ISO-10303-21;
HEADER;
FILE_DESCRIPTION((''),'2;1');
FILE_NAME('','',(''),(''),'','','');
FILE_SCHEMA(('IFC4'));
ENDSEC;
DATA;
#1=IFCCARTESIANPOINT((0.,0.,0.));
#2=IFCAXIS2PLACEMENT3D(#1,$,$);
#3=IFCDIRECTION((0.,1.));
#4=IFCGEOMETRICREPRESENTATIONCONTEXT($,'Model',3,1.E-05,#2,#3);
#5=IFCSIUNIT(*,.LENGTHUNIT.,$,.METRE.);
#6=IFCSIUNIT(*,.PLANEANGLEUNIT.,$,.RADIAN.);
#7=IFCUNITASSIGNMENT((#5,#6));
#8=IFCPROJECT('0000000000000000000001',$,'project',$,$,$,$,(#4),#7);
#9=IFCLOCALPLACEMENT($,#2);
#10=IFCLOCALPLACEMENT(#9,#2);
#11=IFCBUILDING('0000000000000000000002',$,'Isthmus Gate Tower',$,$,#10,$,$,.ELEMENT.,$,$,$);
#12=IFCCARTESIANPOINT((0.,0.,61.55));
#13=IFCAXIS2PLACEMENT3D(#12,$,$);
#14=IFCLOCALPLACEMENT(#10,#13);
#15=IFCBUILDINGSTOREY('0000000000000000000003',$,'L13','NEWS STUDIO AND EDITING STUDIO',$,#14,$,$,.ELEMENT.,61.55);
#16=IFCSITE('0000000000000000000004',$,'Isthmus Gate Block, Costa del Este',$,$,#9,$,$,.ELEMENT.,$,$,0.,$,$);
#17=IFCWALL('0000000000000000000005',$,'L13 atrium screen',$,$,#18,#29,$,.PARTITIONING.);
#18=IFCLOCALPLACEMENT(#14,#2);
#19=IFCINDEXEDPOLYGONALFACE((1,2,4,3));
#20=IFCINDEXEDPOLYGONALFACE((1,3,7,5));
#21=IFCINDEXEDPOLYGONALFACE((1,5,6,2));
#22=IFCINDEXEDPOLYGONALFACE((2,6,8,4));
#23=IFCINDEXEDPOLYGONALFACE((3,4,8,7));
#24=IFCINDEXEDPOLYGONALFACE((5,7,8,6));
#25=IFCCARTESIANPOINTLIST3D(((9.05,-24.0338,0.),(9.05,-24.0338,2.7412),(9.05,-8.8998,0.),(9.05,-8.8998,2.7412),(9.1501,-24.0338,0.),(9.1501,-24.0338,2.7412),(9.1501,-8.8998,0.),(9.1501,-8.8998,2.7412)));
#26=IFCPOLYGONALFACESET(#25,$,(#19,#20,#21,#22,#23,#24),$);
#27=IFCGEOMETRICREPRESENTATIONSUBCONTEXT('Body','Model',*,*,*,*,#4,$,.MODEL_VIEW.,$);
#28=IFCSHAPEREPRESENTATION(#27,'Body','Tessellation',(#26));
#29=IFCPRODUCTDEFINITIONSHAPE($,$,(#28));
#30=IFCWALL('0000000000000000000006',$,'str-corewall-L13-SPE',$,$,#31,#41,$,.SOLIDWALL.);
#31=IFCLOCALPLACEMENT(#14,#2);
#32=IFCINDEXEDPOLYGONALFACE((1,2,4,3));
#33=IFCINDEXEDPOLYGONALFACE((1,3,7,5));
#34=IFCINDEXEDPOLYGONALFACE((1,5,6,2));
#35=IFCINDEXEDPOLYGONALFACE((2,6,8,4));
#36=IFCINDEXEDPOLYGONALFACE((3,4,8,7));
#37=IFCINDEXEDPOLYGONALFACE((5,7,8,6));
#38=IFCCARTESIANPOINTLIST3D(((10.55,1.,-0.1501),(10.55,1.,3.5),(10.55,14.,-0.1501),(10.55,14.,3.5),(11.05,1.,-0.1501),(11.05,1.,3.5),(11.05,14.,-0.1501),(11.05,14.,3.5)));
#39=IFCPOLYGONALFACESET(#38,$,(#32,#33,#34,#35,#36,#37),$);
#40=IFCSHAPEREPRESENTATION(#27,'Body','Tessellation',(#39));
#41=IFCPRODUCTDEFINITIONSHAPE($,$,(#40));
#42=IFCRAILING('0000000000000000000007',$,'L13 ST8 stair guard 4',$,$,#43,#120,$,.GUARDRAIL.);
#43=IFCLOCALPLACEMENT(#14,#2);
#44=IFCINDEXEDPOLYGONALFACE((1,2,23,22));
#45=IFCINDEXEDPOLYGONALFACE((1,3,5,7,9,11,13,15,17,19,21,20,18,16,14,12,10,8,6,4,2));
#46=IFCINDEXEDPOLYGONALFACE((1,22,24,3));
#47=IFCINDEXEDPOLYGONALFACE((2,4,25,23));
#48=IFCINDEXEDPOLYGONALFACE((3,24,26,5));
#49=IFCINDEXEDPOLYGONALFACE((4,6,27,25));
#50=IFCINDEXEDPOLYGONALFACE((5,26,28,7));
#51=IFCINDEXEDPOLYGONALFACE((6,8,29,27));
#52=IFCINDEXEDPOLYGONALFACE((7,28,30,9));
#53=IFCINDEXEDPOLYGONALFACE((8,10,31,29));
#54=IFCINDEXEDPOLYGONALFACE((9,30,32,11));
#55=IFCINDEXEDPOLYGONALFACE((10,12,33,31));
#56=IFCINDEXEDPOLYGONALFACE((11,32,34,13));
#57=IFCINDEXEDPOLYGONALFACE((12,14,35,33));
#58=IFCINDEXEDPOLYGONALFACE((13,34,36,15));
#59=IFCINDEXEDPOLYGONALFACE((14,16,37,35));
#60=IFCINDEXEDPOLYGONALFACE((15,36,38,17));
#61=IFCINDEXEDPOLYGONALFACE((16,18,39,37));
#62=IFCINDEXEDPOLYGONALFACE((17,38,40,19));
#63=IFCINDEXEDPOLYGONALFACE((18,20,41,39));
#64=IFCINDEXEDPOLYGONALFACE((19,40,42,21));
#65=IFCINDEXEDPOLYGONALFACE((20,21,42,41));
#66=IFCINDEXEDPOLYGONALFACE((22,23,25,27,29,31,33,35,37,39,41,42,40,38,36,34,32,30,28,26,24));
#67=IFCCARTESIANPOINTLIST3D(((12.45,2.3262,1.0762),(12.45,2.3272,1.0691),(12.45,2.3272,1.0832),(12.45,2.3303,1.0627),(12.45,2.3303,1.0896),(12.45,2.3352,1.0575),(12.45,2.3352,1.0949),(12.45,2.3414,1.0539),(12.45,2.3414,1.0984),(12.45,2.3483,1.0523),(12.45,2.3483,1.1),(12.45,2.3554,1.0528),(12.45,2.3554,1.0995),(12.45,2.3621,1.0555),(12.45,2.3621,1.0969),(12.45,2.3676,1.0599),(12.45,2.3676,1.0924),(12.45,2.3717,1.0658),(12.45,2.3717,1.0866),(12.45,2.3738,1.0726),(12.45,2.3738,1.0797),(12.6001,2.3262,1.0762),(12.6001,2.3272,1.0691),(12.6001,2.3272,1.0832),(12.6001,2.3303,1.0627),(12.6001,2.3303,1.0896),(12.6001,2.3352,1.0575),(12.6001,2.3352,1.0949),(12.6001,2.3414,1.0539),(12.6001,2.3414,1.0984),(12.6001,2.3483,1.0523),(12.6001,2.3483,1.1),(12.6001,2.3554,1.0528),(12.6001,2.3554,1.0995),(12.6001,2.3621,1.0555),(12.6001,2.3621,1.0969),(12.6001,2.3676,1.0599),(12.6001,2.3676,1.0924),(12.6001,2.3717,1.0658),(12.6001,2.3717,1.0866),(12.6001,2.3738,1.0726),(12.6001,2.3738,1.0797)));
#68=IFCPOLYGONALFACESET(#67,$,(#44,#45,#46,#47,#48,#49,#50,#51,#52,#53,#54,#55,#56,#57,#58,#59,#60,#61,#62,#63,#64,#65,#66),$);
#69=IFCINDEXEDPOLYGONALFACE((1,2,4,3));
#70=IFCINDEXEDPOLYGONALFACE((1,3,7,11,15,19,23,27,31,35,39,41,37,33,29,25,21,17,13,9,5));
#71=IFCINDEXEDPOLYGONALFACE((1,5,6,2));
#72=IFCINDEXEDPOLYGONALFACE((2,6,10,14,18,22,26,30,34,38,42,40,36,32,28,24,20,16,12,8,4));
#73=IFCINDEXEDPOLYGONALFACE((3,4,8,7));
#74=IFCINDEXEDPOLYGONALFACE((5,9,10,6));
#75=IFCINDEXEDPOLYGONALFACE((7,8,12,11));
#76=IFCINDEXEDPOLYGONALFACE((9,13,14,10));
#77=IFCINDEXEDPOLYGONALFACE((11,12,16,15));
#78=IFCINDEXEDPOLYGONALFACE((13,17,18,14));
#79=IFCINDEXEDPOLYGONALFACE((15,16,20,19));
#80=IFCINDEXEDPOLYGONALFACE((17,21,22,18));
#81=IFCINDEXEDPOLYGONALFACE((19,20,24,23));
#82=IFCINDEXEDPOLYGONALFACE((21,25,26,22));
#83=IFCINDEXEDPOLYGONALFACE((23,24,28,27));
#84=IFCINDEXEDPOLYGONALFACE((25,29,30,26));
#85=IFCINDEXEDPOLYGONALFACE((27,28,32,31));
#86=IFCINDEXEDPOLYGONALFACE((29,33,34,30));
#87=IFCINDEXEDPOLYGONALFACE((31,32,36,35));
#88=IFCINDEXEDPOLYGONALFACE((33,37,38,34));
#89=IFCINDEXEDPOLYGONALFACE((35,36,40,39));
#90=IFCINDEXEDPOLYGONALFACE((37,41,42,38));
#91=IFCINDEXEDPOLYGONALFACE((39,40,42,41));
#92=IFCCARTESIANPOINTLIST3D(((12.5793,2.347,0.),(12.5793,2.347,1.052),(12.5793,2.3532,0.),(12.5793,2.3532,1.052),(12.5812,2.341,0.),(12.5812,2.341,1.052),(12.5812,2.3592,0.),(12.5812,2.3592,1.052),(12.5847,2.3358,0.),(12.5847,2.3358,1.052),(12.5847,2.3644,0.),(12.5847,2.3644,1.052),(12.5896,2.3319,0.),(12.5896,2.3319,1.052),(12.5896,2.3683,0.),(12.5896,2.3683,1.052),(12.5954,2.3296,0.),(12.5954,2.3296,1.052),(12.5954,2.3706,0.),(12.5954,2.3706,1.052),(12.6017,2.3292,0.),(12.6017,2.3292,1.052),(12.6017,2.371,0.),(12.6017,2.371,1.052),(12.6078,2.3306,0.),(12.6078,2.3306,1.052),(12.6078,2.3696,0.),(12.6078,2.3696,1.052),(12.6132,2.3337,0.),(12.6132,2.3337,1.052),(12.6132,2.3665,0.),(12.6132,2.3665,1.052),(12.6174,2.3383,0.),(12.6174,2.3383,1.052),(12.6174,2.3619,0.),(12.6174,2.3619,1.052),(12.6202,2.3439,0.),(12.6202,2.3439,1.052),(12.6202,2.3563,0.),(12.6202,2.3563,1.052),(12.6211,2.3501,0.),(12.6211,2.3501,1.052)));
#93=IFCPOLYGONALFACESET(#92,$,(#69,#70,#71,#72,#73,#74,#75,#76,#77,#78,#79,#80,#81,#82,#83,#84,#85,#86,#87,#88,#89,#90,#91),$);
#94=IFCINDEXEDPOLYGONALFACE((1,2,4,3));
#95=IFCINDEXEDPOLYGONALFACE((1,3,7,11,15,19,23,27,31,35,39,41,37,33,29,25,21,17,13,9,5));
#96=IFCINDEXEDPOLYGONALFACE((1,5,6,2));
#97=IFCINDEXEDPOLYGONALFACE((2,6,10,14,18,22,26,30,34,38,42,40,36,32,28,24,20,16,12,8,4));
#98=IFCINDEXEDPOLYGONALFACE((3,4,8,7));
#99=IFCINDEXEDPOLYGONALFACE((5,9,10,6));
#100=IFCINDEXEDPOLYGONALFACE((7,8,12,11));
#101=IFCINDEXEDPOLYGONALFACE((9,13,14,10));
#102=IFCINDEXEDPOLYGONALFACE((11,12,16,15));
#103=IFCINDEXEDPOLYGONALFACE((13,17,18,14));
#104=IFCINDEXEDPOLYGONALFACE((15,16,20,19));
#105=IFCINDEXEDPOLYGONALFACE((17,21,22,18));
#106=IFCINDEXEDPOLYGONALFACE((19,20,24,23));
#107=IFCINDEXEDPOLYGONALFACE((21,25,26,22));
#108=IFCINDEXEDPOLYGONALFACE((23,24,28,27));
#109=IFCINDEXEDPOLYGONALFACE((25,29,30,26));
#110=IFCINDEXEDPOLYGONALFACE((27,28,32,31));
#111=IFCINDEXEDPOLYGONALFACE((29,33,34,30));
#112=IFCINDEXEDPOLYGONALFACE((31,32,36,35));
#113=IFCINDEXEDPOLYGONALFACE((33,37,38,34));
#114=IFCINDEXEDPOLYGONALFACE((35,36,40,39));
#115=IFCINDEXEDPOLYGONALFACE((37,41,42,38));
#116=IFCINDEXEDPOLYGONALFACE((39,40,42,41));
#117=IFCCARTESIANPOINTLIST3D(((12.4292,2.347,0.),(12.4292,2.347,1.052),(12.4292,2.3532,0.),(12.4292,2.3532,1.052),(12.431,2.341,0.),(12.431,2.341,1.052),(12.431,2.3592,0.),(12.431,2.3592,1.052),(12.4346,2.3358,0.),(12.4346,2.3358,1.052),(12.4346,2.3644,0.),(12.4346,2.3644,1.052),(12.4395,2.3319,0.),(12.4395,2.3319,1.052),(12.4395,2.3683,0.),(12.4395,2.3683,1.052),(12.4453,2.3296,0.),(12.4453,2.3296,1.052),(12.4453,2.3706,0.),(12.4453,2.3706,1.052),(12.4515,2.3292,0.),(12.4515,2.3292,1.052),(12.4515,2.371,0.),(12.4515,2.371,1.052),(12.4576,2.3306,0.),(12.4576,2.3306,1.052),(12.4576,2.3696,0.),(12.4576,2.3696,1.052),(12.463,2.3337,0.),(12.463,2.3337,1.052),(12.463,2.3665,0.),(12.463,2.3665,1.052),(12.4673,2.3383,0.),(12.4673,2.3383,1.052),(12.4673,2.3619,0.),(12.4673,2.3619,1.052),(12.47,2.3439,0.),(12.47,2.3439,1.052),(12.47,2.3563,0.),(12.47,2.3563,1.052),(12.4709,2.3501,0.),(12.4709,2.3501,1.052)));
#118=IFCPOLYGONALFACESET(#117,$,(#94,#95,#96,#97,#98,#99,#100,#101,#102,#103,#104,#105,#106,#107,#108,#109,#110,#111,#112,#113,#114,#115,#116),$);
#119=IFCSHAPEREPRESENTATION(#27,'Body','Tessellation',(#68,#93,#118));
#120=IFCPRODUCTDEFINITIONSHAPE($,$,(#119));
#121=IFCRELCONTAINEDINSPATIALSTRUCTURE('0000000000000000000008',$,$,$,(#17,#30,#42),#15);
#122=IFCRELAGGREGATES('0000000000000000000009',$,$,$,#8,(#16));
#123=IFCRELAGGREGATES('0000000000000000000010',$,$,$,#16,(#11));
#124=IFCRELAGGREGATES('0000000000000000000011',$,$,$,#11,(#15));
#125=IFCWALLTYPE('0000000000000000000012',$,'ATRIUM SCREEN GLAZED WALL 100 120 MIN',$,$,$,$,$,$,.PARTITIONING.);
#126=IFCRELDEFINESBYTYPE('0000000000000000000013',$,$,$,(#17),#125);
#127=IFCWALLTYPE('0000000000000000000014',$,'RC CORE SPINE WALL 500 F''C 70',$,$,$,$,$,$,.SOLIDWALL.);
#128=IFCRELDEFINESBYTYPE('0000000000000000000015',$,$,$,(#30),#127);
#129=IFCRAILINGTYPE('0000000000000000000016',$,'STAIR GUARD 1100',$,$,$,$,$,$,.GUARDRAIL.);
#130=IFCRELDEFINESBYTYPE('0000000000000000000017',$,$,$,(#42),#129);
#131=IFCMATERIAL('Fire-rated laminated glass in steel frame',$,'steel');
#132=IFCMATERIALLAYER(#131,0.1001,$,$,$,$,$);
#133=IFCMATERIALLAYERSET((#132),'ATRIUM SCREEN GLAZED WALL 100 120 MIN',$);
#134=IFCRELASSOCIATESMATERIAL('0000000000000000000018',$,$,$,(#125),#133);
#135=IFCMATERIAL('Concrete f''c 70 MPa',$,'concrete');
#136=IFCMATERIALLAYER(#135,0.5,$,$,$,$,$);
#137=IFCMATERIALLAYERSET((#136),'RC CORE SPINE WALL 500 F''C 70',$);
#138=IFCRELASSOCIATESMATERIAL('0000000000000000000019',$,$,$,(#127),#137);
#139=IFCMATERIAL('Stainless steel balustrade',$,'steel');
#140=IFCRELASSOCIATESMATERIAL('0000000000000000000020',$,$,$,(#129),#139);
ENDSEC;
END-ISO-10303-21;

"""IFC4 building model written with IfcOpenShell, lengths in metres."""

from ifc_helpers import new_model, si_unit, direction, frame, frame_2d, origin, origin_2d, place, context, subcontext, project, spatial, rectangle, circle, extrude, material, layer, layer_set, type_object, element, save


model = new_model("IFC4")

# Units and contexts
model_context = context("Model", 3, precision=1e-05, world=origin(), true_north=direction((0.0, 1.0)))
body_context = subcontext(model_context, "Body", "Model", "MODEL_VIEW")
ifc_project = project(units=[si_unit("LENGTHUNIT", "METRE"), si_unit("PLANEANGLEUNIT", "RADIAN")], contexts=[model_context])

# Site, building, storey
site_placement = place(None, origin())
site = spatial("IfcSite", under=ifc_project, at=site_placement, Name="Isthmus Gate Block, Costa del Este", CompositionType="ELEMENT", RefElevation=0.0)
building_placement = place(site_placement, origin())
building = spatial("IfcBuilding", under=site, at=building_placement, Name="Isthmus Gate Tower", CompositionType="ELEMENT")
storey_placement = place(building_placement, frame((0.0, 0.0, 61.55)))
storey = spatial("IfcBuildingStorey", under=building, at=storey_placement, Name="L13", Description="NEWS STUDIO AND EDITING STUDIO", CompositionType="ELEMENT", Elevation=61.55)

# Walls
ifc_material_1 = material(Name="Fire-rated laminated glass in steel frame", Category="steel")
ifc_layer_1 = layer(ifc_material_1, 0.1001)
ifc_layer_set_1 = layer_set([ifc_layer_1], Name="ATRIUM SCREEN GLAZED WALL 100 120 MIN")
wall_type_1 = type_object("IfcWallType", Name="ATRIUM SCREEN GLAZED WALL 100 120 MIN", PredefinedType="PARTITIONING", material=ifc_layer_set_1)
wall_1_placement = place(storey_placement, frame((9.1001, -8.8999, 0.0), z_axis=(0.0, 0.0, 1.0), x_axis=(0.0, -1.0, 0.0)))
element("IfcWall", 1, at=wall_1_placement, inside=storey, type_object=wall_type_1, Name="L13 atrium screen", PredefinedType="PARTITIONING", context=body_context, shape_type="SweptSolid", body=[
    extrude(rectangle(XDim=15.134, YDim=0.1001, at=frame_2d((7.5669, 0.0))), origin(), (0.0, 0.0, 1.0), 2.7412),
])
ifc_material_2 = material(Name="Concrete f'c 70 MPa", Category="concrete")
ifc_layer_2 = layer(ifc_material_2, 0.5)
ifc_layer_set_2 = layer_set([ifc_layer_2], Name="RC CORE SPINE WALL 500 F'C 70")
wall_type_2 = type_object("IfcWallType", Name="RC CORE SPINE WALL 500 F'C 70", PredefinedType="SOLIDWALL", material=ifc_layer_set_2)
wall_2_placement = place(storey_placement, frame((10.8, 1.0, -0.1501), z_axis=(0.0, 0.0, 1.0), x_axis=(0.0, 1.0, 0.0)))
element("IfcWall", 2, at=wall_2_placement, inside=storey, type_object=wall_type_2, Name="str-corewall-L13-SPE", PredefinedType="SOLIDWALL", context=body_context, shape_type="SweptSolid", body=[
    extrude(rectangle(XDim=13.0, YDim=0.5, at=frame_2d((6.5, 0.0))), origin(), (0.0, 0.0, 1.0), 3.6501),
])

# Railing
ifc_material_3 = material(Name="Stainless steel balustrade", Category="steel")
railing_type_1 = type_object("IfcRailingType", Name="STAIR GUARD 1100", PredefinedType="GUARDRAIL", material=ifc_material_3)
railing_1_placement = place(storey_placement, frame((12.6001, 2.3501, 0.0)))
element("IfcRailing", 3, at=railing_1_placement, inside=storey, type_object=railing_type_1, Name="L13 ST8 stair guard 4", PredefinedType="GUARDRAIL", context=body_context, shape_type="SweptSolid", body=[
    extrude(circle(Radius=0.0239, at=origin_2d()), frame((0.0, 0.0, 1.0762), z_axis=(-1.0, 0.0, 0.0), x_axis=(0.0, -1.0, 0.0)), (0.0, 0.0, 1.0), 0.1501),
    extrude(circle(Radius=0.021, at=origin_2d()), origin(), (0.0, 0.0, 1.0), 1.052),
    extrude(circle(Radius=0.021, at=origin_2d()), frame((-0.1501, 0.0, 0.0)), (0.0, 0.0, 1.0), 1.052),
])

save(model, "model.ifc")
